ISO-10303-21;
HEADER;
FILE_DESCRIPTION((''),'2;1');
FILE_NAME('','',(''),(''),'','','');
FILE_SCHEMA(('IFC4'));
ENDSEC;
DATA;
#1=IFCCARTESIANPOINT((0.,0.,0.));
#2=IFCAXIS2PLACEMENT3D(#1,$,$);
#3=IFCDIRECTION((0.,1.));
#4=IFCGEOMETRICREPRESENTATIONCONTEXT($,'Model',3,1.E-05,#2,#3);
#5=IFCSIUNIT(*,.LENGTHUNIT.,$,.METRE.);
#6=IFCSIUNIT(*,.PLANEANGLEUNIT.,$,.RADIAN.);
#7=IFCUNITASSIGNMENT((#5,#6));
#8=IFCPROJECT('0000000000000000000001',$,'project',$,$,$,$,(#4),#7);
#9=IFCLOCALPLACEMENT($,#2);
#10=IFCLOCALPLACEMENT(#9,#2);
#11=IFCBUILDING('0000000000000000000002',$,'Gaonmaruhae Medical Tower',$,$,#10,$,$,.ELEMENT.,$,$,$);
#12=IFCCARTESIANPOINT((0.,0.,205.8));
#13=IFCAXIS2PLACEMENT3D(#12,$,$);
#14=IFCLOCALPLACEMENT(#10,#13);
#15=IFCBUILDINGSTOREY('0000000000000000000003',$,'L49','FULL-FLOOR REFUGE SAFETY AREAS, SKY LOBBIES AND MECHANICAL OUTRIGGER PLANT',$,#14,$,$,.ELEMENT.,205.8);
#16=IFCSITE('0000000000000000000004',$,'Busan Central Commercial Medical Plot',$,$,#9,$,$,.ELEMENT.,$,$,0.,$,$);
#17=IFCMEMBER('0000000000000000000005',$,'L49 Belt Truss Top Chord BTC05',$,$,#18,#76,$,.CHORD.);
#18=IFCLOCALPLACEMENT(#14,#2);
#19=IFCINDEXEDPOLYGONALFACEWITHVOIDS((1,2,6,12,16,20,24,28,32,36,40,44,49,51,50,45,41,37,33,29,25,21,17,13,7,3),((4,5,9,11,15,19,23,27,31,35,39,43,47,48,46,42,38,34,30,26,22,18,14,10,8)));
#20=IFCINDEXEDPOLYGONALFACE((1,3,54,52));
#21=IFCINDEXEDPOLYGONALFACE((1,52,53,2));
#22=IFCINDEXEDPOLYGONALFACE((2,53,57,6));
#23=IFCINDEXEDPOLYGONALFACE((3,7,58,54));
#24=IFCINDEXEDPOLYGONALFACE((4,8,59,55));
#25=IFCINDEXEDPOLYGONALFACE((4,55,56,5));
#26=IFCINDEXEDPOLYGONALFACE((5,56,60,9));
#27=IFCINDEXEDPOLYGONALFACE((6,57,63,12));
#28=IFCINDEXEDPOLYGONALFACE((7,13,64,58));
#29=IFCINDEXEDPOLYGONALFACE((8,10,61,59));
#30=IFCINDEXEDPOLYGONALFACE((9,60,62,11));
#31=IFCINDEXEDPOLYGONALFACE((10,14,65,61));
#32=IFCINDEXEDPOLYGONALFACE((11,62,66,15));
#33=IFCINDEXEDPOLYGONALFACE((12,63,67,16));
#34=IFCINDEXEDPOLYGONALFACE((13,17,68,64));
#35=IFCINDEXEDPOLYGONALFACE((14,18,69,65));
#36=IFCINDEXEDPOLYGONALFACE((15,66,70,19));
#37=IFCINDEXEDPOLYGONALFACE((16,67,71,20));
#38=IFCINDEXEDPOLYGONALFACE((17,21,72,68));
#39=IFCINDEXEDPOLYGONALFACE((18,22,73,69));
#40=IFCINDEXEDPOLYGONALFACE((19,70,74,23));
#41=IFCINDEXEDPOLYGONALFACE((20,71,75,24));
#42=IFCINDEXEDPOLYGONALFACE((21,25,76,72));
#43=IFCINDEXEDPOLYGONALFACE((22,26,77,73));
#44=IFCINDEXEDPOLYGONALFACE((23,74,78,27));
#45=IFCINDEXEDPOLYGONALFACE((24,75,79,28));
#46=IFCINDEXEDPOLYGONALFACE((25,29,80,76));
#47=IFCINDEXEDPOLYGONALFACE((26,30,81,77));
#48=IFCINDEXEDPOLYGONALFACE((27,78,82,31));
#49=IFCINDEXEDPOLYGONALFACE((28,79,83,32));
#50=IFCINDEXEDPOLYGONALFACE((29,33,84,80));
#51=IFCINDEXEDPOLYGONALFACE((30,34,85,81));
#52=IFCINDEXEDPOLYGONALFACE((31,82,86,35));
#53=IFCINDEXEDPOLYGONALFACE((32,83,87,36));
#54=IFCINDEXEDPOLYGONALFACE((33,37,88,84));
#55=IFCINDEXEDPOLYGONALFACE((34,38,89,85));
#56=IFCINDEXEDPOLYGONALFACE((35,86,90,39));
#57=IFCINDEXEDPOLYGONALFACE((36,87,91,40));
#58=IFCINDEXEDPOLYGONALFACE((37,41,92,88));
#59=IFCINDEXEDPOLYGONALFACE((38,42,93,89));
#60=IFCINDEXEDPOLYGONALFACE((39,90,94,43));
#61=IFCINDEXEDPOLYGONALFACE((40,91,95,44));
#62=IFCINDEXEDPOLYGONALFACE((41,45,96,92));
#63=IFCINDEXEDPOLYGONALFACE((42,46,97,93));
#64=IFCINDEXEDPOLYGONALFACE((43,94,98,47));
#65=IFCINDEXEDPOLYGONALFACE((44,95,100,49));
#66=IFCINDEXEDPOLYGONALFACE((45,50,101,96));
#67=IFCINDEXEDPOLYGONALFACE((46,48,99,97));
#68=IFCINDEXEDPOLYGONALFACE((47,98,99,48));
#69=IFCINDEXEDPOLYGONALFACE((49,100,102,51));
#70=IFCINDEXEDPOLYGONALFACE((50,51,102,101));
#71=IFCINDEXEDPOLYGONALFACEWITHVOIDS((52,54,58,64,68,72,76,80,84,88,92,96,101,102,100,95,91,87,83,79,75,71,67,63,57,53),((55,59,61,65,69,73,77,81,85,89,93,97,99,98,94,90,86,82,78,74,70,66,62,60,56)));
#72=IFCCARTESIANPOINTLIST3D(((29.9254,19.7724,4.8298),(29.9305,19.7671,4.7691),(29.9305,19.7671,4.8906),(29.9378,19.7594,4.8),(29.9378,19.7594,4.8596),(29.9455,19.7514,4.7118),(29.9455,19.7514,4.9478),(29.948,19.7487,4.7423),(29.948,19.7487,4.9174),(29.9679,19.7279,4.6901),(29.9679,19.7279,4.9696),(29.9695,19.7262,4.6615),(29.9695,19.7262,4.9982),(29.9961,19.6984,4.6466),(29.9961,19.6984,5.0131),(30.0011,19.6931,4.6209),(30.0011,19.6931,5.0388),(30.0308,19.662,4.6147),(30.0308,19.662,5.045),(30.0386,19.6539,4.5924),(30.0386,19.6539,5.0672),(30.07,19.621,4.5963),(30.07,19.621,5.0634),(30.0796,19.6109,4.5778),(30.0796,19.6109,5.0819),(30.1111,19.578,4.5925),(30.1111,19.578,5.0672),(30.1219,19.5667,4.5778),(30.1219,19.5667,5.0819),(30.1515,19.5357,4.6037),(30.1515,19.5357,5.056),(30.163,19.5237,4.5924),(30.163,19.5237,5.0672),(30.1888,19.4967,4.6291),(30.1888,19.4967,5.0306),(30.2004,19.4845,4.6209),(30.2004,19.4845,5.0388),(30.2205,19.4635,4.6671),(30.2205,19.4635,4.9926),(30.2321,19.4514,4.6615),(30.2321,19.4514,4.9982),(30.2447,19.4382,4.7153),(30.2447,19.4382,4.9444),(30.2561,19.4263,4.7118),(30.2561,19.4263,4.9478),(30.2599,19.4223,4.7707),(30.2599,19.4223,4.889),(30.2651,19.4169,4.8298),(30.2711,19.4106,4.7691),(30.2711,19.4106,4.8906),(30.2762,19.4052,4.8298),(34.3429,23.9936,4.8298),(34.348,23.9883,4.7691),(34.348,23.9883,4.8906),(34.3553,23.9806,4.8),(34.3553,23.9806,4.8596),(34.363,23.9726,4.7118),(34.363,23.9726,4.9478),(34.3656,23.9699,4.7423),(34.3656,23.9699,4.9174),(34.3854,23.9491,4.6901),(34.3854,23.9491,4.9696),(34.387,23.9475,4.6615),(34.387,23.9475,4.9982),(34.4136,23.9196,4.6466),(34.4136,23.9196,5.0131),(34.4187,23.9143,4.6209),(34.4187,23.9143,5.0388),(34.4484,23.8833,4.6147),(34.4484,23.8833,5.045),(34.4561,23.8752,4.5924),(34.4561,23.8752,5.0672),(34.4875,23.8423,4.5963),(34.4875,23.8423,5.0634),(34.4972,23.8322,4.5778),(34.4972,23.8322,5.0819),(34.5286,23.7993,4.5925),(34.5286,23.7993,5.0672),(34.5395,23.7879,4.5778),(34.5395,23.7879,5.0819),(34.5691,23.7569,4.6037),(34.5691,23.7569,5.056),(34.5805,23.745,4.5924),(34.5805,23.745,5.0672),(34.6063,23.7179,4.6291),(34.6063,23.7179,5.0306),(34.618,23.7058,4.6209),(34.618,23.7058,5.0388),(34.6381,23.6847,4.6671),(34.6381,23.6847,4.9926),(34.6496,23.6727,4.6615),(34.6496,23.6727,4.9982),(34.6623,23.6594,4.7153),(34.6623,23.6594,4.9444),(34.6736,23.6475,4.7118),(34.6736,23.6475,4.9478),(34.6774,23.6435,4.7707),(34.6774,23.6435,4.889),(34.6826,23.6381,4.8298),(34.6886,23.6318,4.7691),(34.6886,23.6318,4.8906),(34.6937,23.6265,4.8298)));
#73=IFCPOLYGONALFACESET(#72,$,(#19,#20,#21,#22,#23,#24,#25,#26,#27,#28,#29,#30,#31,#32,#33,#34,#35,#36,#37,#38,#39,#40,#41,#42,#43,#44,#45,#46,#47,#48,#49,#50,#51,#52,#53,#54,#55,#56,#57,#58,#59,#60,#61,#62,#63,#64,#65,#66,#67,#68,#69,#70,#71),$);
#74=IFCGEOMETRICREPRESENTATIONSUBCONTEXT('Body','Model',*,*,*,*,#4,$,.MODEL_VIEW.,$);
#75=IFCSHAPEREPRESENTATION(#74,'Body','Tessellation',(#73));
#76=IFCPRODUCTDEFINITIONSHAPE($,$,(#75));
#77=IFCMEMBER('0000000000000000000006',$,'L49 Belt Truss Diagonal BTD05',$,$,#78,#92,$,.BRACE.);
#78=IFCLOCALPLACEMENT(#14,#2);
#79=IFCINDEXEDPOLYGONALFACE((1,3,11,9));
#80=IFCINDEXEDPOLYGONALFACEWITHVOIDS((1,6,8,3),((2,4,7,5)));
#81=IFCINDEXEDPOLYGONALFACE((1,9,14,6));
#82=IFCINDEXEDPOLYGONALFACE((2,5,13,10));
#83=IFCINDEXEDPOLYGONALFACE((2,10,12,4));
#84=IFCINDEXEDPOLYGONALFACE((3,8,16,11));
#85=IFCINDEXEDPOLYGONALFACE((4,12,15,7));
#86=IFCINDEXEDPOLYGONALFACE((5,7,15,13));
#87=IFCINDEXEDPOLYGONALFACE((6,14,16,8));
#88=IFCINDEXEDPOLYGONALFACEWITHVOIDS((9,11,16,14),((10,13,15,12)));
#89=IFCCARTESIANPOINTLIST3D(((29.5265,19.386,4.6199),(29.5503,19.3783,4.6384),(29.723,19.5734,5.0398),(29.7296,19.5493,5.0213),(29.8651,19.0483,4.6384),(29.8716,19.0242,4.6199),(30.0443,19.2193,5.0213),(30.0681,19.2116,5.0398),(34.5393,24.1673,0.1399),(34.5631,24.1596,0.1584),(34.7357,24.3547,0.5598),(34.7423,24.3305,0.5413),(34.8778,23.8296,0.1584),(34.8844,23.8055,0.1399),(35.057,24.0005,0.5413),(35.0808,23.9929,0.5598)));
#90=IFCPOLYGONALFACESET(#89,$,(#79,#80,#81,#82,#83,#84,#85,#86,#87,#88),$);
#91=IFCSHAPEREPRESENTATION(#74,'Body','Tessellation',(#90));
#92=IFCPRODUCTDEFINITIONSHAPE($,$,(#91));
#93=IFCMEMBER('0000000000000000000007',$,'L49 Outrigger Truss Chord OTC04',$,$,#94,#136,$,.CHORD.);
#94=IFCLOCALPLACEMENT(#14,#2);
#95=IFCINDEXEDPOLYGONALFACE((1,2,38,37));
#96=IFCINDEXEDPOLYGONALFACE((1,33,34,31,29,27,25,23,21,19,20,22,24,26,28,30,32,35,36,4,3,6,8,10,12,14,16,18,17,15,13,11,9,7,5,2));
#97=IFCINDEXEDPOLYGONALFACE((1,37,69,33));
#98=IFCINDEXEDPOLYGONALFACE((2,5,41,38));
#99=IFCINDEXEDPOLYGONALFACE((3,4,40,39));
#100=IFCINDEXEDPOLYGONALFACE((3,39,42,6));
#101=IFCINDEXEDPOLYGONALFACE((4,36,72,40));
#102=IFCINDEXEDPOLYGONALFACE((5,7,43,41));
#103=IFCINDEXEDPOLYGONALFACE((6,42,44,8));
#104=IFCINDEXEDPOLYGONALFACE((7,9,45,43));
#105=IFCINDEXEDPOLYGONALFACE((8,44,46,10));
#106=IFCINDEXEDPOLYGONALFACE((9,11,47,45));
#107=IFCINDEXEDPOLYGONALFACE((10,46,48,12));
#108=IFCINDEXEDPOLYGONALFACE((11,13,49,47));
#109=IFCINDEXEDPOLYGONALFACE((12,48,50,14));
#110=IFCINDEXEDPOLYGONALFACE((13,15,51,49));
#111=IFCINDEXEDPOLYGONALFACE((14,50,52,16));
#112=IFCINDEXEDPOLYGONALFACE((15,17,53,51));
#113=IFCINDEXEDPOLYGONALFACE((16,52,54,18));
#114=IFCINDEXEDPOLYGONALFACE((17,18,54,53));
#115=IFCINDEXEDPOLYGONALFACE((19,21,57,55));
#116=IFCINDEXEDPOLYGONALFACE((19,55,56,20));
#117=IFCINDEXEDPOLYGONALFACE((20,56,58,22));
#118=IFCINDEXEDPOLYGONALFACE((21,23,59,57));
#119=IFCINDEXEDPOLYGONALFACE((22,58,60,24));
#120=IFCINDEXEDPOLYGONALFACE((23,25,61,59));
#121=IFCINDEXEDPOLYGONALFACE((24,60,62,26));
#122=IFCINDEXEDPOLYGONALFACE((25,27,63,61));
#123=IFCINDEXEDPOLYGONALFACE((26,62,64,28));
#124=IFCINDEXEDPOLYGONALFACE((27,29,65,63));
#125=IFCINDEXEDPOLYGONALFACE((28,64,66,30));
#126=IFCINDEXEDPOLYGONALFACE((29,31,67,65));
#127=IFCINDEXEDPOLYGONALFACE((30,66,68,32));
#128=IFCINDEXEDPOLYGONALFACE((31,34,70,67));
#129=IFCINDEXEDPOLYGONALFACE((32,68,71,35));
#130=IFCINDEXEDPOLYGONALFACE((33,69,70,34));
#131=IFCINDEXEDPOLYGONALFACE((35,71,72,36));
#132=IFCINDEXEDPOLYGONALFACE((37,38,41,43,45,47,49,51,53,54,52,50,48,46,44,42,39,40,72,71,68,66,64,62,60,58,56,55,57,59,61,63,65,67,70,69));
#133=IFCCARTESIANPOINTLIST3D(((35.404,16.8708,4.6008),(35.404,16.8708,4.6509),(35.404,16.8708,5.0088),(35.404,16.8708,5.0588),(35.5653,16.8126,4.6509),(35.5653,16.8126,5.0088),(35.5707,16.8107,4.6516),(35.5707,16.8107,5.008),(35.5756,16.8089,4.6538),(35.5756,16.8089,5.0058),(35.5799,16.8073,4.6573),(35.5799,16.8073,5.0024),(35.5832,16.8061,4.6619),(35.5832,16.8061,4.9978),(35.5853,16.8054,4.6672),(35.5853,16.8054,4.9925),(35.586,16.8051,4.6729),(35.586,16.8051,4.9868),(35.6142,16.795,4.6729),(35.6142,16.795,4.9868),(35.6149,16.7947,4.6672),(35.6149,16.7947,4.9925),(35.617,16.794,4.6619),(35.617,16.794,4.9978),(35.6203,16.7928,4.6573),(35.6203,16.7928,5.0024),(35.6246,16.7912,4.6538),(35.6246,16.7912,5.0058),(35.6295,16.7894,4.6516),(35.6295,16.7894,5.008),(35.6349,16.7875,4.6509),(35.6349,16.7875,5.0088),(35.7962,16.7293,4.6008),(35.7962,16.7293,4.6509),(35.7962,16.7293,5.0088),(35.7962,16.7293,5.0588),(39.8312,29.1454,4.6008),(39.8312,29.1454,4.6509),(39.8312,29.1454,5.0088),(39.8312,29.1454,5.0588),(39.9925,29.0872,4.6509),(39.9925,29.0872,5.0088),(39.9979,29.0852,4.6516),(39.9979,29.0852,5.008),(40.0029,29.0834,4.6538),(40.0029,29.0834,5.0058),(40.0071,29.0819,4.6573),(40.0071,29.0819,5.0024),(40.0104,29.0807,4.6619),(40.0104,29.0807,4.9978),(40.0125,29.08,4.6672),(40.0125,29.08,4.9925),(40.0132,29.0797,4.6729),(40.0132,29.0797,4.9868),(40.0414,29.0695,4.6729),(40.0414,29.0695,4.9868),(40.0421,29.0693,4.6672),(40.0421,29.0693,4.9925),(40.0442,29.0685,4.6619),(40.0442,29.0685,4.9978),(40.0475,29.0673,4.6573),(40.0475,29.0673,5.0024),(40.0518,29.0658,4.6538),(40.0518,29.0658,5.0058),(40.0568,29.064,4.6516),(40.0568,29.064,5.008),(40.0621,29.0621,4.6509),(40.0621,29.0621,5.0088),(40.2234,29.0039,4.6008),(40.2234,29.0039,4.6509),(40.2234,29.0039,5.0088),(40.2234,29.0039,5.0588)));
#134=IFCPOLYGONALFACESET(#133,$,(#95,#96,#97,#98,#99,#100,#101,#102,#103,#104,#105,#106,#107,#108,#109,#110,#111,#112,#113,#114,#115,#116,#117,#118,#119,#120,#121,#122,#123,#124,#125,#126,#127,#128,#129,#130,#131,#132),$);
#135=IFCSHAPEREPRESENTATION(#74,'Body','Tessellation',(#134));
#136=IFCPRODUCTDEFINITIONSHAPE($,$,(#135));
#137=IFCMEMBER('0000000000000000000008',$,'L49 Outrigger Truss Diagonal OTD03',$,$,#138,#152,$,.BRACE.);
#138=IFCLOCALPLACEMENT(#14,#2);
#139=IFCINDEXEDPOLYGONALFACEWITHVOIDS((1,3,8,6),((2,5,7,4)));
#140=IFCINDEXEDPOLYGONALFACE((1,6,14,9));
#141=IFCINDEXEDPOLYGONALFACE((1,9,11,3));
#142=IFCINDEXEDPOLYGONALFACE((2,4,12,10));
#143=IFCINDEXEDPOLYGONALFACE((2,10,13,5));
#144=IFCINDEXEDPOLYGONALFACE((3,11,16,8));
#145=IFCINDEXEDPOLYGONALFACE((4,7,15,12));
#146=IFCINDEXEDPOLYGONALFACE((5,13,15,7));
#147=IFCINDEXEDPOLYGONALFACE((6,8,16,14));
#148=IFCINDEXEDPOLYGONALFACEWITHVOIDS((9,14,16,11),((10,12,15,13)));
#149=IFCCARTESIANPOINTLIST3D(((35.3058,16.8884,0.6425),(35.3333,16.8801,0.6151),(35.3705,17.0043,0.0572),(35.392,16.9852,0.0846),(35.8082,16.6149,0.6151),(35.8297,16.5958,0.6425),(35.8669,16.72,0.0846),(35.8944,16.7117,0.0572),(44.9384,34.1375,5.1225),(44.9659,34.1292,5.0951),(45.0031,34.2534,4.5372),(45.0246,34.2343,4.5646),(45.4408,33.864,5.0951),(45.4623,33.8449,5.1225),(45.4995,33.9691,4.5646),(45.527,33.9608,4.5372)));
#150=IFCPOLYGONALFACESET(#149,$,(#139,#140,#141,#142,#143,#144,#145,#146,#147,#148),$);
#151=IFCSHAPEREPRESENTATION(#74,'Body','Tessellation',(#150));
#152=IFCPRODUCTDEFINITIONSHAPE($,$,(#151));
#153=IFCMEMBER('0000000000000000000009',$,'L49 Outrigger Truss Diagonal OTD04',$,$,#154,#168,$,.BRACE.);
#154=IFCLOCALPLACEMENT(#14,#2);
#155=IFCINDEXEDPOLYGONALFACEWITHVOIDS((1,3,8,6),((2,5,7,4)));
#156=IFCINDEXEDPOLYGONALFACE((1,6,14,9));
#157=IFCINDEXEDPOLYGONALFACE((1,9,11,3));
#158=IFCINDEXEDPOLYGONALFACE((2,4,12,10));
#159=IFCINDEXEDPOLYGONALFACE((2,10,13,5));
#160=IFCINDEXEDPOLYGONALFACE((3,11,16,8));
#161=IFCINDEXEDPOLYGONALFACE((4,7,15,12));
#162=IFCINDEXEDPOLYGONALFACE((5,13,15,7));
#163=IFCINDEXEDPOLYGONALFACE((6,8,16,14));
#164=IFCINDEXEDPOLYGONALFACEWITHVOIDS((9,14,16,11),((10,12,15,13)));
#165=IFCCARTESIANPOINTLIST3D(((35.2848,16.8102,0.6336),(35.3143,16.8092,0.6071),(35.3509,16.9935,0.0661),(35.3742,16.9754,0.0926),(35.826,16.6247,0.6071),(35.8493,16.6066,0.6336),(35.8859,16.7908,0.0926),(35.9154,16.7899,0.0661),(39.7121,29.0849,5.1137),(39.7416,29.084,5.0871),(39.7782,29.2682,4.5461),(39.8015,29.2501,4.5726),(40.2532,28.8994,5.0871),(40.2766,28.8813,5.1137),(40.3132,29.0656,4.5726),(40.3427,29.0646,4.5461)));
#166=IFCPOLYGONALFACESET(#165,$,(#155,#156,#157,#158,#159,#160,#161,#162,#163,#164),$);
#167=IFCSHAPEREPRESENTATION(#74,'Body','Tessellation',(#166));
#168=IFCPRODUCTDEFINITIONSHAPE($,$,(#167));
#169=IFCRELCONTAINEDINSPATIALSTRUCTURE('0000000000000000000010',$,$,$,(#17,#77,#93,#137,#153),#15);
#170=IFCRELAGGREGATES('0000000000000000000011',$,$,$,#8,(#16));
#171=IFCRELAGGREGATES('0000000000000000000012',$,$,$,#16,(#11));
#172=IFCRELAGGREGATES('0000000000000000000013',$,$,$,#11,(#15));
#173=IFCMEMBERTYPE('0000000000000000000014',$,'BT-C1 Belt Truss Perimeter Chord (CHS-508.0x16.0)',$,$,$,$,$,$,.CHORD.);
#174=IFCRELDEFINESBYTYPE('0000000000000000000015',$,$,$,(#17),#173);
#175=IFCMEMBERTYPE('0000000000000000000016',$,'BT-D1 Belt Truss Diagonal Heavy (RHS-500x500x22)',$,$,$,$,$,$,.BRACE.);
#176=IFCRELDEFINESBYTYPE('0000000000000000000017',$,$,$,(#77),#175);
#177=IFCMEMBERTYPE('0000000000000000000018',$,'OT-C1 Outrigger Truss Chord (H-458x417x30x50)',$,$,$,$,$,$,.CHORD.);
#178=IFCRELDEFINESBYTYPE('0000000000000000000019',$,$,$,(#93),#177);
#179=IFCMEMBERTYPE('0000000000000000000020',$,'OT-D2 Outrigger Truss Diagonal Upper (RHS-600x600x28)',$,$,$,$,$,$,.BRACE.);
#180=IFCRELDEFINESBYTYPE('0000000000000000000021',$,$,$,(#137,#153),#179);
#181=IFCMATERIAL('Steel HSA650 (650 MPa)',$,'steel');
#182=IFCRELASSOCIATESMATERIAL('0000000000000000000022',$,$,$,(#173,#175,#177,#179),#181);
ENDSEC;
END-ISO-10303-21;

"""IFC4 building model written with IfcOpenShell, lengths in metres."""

from ifc_helpers import new_model, si_unit, direction, frame, origin, origin_2d, place, context, subcontext, project, spatial, hollow_rectangle, hollow_circle, i_section, extrude, material, material_profile, profile_set, type_object, element, save


model = new_model("IFC4")

# Units and contexts
model_context = context("Model", 3, precision=1e-05, world=origin(), true_north=direction((0.0, 1.0)))
body_context = subcontext(model_context, "Body", "Model", "MODEL_VIEW")
ifc_project = project(units=[si_unit("LENGTHUNIT", "METRE"), si_unit("PLANEANGLEUNIT", "RADIAN")], contexts=[model_context])

# Site, building, storey
site_placement = place(None, origin())
site = spatial("IfcSite", under=ifc_project, at=site_placement, Name="Busan Central Commercial Medical Plot", CompositionType="ELEMENT", RefElevation=0.0)
building_placement = place(site_placement, origin())
building = spatial("IfcBuilding", under=site, at=building_placement, Name="Gaonmaruhae Medical Tower", CompositionType="ELEMENT")
storey_placement = place(building_placement, frame((0.0, 0.0, 205.8)))
storey = spatial("IfcBuildingStorey", under=building, at=storey_placement, Name="L49", Description="FULL-FLOOR REFUGE SAFETY AREAS, SKY LOBBIES AND MECHANICAL OUTRIGGER PLANT", CompositionType="ELEMENT", Elevation=205.8)

# Shared definitions
ifc_material_1 = material(Name="Steel HSA650 (650 MPa)", Category="steel")

# Members
ifc_material_profile_1 = material_profile(ifc_material_1, hollow_circle(Radius=0.2539, WallThickness=0.0161, at=origin_2d()), Name="CHS-508.0x16.0")
ifc_profile_set_1 = profile_set([ifc_material_profile_1], Name="Steel HSA650 (650 MPa)")
member_type_1 = type_object("IfcMemberType", Name="BT-C1 Belt Truss Perimeter Chord (CHS-508.0x16.0)", PredefinedType="CHORD", material=ifc_profile_set_1)
member_1_placement = place(storey_placement, frame((34.5183, 23.8101, 4.8298), z_axis=(-0.722987, -0.690861, 0.0), x_axis=(0.690861, -0.722987, 0.0)))
element("IfcMember", 1, at=member_1_placement, inside=storey, type_object=member_type_1, Name="L49 Belt Truss Top Chord BTC05", PredefinedType="CHORD", context=body_context, shape_type="SweptSolid", body=[
    extrude(hollow_circle(Radius=0.2539, WallThickness=0.0161, at=origin_2d()), origin(), (0.0, 0.0, 1.0), 6.1101),
])
ifc_material_profile_2 = material_profile(ifc_material_1, hollow_rectangle(XDim=0.5, YDim=0.5, WallThickness=0.022, at=origin_2d()), Name="RHS-500x500x22")
ifc_profile_set_2 = profile_set([ifc_material_profile_2], Name="Steel HSA650 (650 MPa)")
member_type_2 = type_object("IfcMemberType", Name="BT-D1 Belt Truss Diagonal Heavy (RHS-500x500x22)", PredefinedType="BRACE", material=ifc_profile_set_2)
member_2_placement = place(storey_placement, frame((34.8101, 24.0801, 0.3499), z_axis=(-0.607621, -0.579566, 0.543047), x_axis=(0.690204, -0.723615, 0.0)))
element("IfcMember", 2, at=member_2_placement, inside=storey, type_object=member_type_2, Name="L49 Belt Truss Diagonal BTD05", PredefinedType="BRACE", context=body_context, shape_type="SweptSolid", body=[
    extrude(hollow_rectangle(XDim=0.5, YDim=0.5, WallThickness=0.022, at=origin_2d()), origin(), (0.0, 0.0, 1.0), 8.2498),
])
ifc_material_profile_3 = material_profile(ifc_material_1, i_section(OverallWidth=0.417, OverallDepth=0.458, WebThickness=0.03, FlangeThickness=0.05, FilletRadius=0.022, at=origin_2d()), Name="H-458x417x30x50")
ifc_profile_set_3 = profile_set([ifc_material_profile_3], Name="Steel HSA650 (650 MPa)")
member_type_3 = type_object("IfcMemberType", Name="OT-C1 Outrigger Truss Chord (H-458x417x30x50)", PredefinedType="CHORD", material=ifc_profile_set_3)
member_3_placement = place(storey_placement, frame((35.6001, 16.8, 4.8298), z_axis=(0.339287, 0.940683, 0.0), x_axis=(-0.940683, 0.339287, 0.0)))
element("IfcMember", 3, at=member_3_placement, inside=storey, type_object=member_type_3, Name="L49 Outrigger Truss Chord OTC04", PredefinedType="CHORD", context=body_context, shape_type="SweptSolid", body=[
    extrude(i_section(OverallWidth=0.417, OverallDepth=0.458, WebThickness=0.03, FlangeThickness=0.05, FilletRadius=0.022, at=origin_2d()), origin(), (0.0, 0.0, 1.0), 13.0486),
])
ifc_material_profile_4 = material_profile(ifc_material_1, hollow_rectangle(XDim=0.6001, YDim=0.6001, WallThickness=0.0281, at=origin_2d()), Name="RHS-600x600x28")
ifc_profile_set_4 = profile_set([ifc_material_profile_4], Name="Steel HSA650 (650 MPa)")
member_type_4 = type_object("IfcMemberType", Name="OT-D2 Outrigger Truss Diagonal Upper (RHS-600x600x28)", PredefinedType="BRACE", material=ifc_profile_set_4)
member_4_placement = place(storey_placement, frame((35.6001, 16.8, 0.3499), z_axis=(0.475495, 0.851468, 0.221147), x_axis=(-0.873086, 0.487567, 0.0)))
element("IfcMember", 4, at=member_4_placement, inside=storey, type_object=member_type_4, Name="L49 Outrigger Truss Diagonal OTD03", PredefinedType="BRACE", context=body_context, shape_type="SweptSolid", body=[
    extrude(hollow_rectangle(XDim=0.6001, YDim=0.6001, WallThickness=0.0281, at=origin_2d()), origin(), (0.0, 0.0, 1.0), 20.2581),
])
member_5_placement = place(storey_placement, frame((35.6001, 16.8, 0.3499), z_axis=(0.320901, 0.889706, 0.324723), x_axis=(-0.940683, 0.339287, 0.0)))
element("IfcMember", 5, at=member_5_placement, inside=storey, type_object=member_type_4, Name="L49 Outrigger Truss Diagonal OTD04", PredefinedType="BRACE", context=body_context, shape_type="SweptSolid", body=[
    extrude(hollow_rectangle(XDim=0.6001, YDim=0.6001, WallThickness=0.0281, at=origin_2d()), origin(), (0.0, 0.0, 1.0), 13.7964),
])

save(model, "model.ifc")
